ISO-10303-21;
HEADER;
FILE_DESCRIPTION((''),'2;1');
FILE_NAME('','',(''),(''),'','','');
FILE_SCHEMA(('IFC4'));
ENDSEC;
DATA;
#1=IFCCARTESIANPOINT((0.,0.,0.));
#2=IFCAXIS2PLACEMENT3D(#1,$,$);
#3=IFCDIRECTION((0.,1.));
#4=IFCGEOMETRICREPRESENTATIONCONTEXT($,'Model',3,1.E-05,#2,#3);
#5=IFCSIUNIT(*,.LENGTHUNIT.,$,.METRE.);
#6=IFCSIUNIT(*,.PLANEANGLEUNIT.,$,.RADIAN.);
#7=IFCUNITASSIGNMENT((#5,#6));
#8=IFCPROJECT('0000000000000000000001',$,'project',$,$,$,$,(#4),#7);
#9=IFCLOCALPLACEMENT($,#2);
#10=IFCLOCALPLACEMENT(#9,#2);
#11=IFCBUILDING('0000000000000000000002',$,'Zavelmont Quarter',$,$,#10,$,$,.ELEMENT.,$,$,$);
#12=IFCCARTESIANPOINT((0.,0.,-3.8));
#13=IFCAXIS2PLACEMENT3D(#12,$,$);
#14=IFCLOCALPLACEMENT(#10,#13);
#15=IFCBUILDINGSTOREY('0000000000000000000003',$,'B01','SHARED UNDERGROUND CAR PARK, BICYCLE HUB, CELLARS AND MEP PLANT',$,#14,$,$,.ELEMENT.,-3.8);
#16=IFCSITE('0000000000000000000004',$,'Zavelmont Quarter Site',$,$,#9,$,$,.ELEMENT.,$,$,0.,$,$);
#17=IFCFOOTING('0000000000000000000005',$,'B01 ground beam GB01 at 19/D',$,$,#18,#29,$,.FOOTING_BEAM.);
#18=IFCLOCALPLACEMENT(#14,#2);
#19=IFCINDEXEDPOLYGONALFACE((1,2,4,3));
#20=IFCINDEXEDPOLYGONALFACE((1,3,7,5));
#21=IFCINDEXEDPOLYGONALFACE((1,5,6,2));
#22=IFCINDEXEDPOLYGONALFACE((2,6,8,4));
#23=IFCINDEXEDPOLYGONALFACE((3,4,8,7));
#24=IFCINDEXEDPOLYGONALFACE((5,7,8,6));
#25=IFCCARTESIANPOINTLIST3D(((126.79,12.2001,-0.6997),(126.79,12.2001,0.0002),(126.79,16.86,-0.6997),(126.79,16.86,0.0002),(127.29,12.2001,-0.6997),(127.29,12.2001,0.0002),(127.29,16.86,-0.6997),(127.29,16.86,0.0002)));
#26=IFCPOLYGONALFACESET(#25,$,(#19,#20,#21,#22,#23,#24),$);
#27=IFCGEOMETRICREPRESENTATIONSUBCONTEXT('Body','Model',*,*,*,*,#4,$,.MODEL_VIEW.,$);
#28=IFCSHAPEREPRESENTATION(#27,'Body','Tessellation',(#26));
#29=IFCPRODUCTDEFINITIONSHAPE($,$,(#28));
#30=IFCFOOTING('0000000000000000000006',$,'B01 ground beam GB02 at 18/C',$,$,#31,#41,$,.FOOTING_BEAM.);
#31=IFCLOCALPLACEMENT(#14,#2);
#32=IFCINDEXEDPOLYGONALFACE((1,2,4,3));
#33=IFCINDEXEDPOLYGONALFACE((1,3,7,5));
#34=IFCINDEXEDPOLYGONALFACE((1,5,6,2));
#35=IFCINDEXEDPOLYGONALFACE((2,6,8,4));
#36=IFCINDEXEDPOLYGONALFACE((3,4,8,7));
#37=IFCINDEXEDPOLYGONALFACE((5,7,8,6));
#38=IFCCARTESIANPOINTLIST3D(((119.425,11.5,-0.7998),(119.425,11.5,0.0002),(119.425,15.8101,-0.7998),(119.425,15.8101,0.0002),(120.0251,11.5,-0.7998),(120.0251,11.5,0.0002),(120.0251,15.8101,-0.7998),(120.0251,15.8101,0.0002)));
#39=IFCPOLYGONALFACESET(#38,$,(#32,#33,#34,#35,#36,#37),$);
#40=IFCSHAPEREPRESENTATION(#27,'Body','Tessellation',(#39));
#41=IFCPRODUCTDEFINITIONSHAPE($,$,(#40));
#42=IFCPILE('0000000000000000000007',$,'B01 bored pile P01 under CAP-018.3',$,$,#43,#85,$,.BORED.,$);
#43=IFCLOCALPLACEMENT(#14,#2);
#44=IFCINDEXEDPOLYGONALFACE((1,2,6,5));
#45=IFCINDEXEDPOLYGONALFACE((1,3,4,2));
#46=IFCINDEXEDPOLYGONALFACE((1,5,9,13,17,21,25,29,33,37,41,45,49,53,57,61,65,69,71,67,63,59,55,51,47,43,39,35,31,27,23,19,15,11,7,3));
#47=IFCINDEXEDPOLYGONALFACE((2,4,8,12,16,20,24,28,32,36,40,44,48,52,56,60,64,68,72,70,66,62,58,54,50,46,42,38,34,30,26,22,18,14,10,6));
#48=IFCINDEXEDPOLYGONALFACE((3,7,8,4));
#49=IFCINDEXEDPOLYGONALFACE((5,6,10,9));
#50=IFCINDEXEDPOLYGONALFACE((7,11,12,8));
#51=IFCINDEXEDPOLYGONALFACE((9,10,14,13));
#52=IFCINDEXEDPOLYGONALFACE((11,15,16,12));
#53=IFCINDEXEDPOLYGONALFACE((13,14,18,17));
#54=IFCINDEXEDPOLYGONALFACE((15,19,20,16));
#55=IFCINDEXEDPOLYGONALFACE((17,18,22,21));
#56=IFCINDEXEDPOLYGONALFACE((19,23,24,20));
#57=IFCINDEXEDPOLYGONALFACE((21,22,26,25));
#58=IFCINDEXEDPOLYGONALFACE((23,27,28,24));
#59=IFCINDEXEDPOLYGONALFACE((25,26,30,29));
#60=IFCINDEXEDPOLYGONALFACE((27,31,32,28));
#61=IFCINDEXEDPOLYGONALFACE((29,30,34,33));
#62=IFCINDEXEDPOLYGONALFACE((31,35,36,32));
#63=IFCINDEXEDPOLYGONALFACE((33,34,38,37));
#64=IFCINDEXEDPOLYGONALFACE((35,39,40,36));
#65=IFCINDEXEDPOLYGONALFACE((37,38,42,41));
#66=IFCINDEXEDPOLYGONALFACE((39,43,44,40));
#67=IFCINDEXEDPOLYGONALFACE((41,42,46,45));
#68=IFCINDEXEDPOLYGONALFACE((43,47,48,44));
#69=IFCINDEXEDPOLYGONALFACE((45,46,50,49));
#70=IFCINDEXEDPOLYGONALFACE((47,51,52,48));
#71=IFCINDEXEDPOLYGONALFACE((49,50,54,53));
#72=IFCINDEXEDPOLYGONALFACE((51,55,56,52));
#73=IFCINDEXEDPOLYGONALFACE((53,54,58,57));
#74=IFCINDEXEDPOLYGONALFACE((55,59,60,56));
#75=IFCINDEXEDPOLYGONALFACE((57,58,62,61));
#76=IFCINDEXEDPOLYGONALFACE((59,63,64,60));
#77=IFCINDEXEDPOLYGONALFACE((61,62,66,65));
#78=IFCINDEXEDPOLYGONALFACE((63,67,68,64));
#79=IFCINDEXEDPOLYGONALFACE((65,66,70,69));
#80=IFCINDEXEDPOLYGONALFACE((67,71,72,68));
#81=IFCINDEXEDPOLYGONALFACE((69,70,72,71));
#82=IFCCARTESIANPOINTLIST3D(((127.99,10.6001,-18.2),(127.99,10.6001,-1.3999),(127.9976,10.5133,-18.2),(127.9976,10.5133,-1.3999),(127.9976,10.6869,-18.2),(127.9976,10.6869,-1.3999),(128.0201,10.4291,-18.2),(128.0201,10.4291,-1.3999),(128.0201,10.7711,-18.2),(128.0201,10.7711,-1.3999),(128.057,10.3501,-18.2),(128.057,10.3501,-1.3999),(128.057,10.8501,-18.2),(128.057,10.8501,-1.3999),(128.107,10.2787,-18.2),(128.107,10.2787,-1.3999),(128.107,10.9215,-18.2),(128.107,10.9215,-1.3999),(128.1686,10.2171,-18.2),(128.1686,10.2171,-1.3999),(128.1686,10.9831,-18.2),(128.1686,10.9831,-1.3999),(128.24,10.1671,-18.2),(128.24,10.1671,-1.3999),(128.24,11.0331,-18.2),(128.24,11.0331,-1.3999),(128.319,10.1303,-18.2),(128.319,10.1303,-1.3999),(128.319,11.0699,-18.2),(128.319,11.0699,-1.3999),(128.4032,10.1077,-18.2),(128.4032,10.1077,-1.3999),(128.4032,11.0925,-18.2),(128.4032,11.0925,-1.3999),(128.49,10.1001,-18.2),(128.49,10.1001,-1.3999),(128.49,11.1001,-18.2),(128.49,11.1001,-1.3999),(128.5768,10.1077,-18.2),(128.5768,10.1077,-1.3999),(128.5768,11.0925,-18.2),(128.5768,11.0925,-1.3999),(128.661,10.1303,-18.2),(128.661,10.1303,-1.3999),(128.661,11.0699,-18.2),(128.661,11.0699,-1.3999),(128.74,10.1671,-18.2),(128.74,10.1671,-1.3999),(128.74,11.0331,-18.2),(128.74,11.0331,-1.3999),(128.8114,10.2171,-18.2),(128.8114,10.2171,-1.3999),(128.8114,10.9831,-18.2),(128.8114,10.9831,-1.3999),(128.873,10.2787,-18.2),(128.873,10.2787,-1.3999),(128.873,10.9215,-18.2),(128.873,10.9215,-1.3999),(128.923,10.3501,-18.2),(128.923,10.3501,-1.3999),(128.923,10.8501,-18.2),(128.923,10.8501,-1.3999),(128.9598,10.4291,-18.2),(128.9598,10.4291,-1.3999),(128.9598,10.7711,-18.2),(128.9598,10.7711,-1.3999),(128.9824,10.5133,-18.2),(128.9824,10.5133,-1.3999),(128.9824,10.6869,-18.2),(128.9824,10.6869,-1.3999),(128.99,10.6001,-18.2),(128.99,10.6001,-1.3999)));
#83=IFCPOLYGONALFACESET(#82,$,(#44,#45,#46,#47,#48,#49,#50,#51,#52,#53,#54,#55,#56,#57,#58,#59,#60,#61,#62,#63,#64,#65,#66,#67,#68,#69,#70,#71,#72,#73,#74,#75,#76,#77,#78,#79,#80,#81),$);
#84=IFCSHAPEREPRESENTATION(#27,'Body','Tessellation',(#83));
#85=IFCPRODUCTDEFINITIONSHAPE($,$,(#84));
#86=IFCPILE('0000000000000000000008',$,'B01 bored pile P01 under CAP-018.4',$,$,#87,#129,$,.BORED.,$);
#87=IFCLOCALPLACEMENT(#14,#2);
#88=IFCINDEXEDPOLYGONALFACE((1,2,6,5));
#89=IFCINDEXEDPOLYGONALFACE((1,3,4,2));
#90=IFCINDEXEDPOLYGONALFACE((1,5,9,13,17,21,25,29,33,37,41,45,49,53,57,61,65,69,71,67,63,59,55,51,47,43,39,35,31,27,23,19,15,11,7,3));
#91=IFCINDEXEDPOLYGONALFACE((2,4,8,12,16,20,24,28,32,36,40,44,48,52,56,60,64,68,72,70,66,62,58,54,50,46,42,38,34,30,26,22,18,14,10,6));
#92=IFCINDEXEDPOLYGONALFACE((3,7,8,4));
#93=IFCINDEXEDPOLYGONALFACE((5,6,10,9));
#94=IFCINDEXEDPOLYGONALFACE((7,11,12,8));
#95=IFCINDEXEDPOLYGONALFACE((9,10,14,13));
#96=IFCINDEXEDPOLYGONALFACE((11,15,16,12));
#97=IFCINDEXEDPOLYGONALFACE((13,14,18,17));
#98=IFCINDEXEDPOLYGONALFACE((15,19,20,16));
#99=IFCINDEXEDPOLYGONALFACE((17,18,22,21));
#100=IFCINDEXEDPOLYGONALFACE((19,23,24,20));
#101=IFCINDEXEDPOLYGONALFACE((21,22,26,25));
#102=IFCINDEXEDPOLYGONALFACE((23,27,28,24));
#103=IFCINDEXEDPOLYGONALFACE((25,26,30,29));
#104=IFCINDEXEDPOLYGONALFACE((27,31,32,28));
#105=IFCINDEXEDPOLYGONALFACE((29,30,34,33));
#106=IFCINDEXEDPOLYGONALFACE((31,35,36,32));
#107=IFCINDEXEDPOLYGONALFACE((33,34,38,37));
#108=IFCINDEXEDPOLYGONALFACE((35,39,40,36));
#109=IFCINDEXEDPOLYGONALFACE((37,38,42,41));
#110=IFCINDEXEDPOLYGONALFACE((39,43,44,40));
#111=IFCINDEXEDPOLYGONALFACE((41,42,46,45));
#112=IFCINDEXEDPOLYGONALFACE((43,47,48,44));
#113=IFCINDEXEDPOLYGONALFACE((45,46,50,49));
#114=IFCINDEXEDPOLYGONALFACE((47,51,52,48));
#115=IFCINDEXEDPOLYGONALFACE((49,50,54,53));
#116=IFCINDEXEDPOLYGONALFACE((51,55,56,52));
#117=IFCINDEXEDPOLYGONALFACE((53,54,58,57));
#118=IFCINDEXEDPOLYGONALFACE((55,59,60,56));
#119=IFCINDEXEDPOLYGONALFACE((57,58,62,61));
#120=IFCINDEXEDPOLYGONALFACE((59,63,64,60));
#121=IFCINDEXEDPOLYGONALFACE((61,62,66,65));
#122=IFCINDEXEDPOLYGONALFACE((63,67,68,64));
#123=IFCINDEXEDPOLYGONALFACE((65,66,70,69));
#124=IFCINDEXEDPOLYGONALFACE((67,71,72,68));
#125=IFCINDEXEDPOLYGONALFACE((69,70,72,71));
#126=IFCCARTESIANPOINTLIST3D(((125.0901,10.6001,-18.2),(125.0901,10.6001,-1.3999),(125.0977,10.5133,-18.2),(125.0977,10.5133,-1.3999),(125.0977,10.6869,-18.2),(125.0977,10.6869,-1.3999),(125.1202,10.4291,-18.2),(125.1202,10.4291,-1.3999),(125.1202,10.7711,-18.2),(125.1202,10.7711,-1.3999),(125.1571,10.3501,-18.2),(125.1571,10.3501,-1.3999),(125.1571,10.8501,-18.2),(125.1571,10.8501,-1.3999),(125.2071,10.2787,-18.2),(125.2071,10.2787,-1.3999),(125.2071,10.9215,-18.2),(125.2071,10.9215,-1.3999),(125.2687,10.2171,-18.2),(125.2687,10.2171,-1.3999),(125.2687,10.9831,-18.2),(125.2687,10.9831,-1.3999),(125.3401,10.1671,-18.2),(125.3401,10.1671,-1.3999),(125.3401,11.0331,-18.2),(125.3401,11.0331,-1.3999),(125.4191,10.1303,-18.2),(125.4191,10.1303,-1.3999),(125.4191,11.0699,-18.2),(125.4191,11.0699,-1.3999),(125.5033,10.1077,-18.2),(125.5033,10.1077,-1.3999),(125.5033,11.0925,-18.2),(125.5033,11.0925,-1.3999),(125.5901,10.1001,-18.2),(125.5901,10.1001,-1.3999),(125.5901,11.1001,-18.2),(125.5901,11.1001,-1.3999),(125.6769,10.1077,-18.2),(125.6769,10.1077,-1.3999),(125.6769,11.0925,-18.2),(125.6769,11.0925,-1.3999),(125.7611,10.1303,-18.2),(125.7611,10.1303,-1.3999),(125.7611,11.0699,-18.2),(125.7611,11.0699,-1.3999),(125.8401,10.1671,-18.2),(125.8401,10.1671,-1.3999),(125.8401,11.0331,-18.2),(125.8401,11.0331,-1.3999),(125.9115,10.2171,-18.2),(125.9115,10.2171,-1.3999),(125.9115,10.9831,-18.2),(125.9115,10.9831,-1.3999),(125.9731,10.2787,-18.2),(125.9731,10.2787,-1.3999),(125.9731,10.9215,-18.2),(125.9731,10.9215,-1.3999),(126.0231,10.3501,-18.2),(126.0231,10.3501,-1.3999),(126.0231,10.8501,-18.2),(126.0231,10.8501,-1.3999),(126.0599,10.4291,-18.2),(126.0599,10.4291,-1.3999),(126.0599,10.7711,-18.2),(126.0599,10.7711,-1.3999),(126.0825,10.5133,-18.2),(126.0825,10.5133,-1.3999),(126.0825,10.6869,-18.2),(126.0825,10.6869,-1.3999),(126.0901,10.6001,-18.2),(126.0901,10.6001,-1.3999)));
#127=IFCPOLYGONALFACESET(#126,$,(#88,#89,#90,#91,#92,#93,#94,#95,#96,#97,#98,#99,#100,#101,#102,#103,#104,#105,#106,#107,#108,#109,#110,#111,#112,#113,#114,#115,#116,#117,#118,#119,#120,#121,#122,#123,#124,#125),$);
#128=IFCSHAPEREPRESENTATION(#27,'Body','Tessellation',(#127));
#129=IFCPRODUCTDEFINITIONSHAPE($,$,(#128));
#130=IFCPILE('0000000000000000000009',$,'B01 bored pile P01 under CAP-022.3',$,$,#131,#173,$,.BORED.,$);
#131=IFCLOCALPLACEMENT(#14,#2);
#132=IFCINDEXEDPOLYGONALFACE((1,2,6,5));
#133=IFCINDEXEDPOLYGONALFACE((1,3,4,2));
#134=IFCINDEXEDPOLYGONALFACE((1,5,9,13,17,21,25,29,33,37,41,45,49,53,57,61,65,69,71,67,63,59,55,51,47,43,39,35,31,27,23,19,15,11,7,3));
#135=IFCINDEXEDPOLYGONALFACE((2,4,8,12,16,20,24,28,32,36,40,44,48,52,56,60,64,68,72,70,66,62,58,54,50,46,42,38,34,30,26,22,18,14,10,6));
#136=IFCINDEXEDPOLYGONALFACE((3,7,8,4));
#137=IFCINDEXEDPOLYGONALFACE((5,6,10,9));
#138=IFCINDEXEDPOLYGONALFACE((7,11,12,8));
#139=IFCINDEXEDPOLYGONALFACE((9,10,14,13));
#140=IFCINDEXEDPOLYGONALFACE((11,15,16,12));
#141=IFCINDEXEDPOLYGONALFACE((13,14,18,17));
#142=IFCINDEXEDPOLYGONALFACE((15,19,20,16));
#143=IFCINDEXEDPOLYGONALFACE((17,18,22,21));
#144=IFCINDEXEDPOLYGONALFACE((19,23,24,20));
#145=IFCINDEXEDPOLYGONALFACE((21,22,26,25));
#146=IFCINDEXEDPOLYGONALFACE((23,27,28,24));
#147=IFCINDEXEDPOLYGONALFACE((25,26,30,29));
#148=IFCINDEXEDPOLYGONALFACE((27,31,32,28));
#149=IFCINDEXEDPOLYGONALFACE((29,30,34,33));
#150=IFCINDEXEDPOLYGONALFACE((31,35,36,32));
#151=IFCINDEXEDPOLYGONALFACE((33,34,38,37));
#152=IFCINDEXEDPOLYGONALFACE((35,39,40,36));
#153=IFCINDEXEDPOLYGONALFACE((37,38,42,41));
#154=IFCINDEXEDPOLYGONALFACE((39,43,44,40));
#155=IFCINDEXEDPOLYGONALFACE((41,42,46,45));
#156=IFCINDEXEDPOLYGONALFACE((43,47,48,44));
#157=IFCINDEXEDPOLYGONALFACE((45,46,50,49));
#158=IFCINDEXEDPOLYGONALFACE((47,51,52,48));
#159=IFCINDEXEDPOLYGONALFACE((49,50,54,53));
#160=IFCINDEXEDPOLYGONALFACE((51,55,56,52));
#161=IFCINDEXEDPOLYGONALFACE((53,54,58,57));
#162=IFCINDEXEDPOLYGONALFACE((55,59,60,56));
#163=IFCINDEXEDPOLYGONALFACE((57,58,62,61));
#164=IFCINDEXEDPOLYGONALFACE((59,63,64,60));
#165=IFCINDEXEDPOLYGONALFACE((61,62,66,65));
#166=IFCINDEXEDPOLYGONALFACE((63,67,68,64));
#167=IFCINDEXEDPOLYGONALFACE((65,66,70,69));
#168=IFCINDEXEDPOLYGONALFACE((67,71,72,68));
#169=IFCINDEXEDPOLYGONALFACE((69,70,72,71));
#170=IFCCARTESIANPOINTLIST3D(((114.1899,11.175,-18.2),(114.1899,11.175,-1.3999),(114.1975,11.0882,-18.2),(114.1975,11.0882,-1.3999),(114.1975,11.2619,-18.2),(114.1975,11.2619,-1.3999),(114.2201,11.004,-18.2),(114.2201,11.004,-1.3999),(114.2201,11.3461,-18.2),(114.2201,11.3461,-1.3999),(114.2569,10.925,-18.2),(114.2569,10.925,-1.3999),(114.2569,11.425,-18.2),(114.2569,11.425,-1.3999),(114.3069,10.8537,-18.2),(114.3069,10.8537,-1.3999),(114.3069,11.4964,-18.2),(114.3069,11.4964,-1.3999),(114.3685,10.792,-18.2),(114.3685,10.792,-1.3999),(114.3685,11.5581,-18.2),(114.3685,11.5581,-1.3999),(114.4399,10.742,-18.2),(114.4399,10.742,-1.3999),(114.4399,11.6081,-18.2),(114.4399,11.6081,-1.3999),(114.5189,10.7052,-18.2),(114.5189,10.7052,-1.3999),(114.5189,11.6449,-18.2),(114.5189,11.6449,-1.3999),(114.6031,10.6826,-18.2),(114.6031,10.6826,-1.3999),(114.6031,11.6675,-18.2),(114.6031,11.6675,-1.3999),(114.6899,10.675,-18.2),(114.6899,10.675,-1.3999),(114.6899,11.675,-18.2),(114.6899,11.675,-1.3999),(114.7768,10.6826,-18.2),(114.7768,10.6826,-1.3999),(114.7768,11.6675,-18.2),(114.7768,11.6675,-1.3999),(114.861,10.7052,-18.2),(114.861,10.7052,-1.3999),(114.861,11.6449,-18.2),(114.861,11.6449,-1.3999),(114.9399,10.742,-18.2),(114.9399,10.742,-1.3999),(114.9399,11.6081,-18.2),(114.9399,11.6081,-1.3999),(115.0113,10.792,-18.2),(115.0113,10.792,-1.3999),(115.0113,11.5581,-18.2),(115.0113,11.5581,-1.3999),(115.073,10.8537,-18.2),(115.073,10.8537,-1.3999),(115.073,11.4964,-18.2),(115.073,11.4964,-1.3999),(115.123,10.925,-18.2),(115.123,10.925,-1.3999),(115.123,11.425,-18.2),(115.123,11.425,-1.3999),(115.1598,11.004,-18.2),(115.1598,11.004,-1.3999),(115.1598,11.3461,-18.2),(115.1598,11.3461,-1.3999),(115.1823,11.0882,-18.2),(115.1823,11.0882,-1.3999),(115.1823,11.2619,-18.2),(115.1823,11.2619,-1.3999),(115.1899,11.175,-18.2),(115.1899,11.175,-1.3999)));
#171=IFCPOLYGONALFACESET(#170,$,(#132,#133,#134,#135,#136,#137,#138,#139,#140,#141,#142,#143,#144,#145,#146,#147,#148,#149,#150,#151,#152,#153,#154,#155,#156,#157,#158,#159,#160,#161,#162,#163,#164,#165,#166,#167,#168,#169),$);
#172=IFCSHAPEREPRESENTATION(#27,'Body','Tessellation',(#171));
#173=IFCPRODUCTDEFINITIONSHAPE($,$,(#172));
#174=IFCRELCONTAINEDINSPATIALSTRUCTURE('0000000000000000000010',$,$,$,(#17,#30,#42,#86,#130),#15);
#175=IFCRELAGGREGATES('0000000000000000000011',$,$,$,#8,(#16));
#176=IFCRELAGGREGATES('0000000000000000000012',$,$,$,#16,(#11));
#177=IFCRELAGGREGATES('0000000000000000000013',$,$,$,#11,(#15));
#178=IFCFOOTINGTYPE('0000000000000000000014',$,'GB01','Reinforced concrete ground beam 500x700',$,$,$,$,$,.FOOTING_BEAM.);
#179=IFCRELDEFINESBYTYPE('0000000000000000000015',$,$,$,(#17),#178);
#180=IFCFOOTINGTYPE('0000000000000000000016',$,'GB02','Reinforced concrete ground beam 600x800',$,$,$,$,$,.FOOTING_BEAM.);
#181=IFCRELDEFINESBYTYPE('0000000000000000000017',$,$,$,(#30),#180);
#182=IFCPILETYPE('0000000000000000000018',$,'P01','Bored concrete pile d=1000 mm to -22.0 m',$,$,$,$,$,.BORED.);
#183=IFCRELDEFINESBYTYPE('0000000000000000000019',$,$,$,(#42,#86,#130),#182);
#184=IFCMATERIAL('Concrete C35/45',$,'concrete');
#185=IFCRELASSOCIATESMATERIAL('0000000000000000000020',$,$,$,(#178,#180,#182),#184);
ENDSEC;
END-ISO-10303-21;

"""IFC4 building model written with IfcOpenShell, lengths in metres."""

from ifc_helpers import new_model, si_unit, direction, frame, origin, origin_2d, place, context, subcontext, project, spatial, rectangle, circle, extrude, material, material_profile, profile_set, type_object, element, save


model = new_model("IFC4")

# Units and contexts
model_context = context("Model", 3, precision=1e-05, world=origin(), true_north=direction((0.0, 1.0)))
body_context = subcontext(model_context, "Body", "Model", "MODEL_VIEW")
ifc_project = project(units=[si_unit("LENGTHUNIT", "METRE"), si_unit("PLANEANGLEUNIT", "RADIAN")], contexts=[model_context])

# Site, building, storey
site_placement = place(None, origin())
site = spatial("IfcSite", under=ifc_project, at=site_placement, Name="Zavelmont Quarter Site", CompositionType="ELEMENT", RefElevation=0.0)
building_placement = place(site_placement, origin())
building = spatial("IfcBuilding", under=site, at=building_placement, Name="Zavelmont Quarter", CompositionType="ELEMENT")
storey_placement = place(building_placement, frame((0.0, 0.0, -3.8)))
storey = spatial("IfcBuildingStorey", under=building, at=storey_placement, Name="B01", Description="SHARED UNDERGROUND CAR PARK, BICYCLE HUB, CELLARS AND MEP PLANT", CompositionType="ELEMENT", Elevation=-3.8)

# Footings
ifc_material_1 = material(Name="Concrete C35/45", Category="concrete")
footing_type_1 = type_object("IfcFootingType", Name="GB01", Description="Reinforced concrete ground beam 500x700", PredefinedType="FOOTING_BEAM", material=ifc_material_1)
footing_1_placement = place(storey_placement, frame((127.04, 14.53, -0.6997), z_axis=(0.0, 0.0, 1.0), x_axis=(0.0, 1.0, 0.0)))
element("IfcFooting", 1, at=footing_1_placement, inside=storey, type_object=footing_type_1, Name="B01 ground beam GB01 at 19/D", PredefinedType="FOOTING_BEAM", context=body_context, shape_type="SweptSolid", body=[
    extrude(rectangle(XDim=4.6599, YDim=0.5, at=origin_2d()), origin(), (0.0, 0.0, 1.0), 0.7),
])
footing_type_2 = type_object("IfcFootingType", Name="GB02", Description="Reinforced concrete ground beam 600x800", PredefinedType="FOOTING_BEAM", material=ifc_material_1)
footing_2_placement = place(storey_placement, frame((119.7251, 13.655, -0.7998), z_axis=(0.0, 0.0, 1.0), x_axis=(0.0, 1.0, 0.0)))
element("IfcFooting", 2, at=footing_2_placement, inside=storey, type_object=footing_type_2, Name="B01 ground beam GB02 at 18/C", PredefinedType="FOOTING_BEAM", context=body_context, shape_type="SweptSolid", body=[
    extrude(rectangle(XDim=4.3101, YDim=0.6001, at=origin_2d()), origin(), (0.0, 0.0, 1.0), 0.8),
])

# Piles
ifc_material_profile_1 = material_profile(ifc_material_1, circle(Radius=0.5, at=origin_2d()), Name="BP1000")
ifc_profile_set_1 = profile_set([ifc_material_profile_1], Name="Concrete C35/45")
pile_type_1 = type_object("IfcPileType", Name="P01", Description="Bored concrete pile d=1000 mm to -22.0 m", PredefinedType="BORED", material=ifc_profile_set_1)
for number, where, z_axis, x_axis, name in (
    (3, (128.49, 10.6001, -1.3999), (0.0, 0.0, -1.0), (1.0, 0.0, 0.0), "B01 bored pile P01 under CAP-018.3"),
    (4, (125.5901, 10.6001, -1.3999), (0.0, 0.0, -1.0), (1.0, 0.0, 0.0), "B01 bored pile P01 under CAP-018.4"),
    (5, (114.6899, 11.175, -1.3999), (0.0, 0.0, -1.0), (1.0, 0.0, 0.0), "B01 bored pile P01 under CAP-022.3"),
):
    element("IfcPile", number, at=place(storey_placement, frame(where, z_axis=z_axis, x_axis=x_axis)), inside=storey, type_object=pile_type_1, Name=name, PredefinedType="BORED", context=body_context, shape_type="SweptSolid", body=[
        extrude(circle(Radius=0.5, at=origin_2d()), origin(), (0.0, 0.0, 1.0), 16.8),
    ])

save(model, "model.ifc")
